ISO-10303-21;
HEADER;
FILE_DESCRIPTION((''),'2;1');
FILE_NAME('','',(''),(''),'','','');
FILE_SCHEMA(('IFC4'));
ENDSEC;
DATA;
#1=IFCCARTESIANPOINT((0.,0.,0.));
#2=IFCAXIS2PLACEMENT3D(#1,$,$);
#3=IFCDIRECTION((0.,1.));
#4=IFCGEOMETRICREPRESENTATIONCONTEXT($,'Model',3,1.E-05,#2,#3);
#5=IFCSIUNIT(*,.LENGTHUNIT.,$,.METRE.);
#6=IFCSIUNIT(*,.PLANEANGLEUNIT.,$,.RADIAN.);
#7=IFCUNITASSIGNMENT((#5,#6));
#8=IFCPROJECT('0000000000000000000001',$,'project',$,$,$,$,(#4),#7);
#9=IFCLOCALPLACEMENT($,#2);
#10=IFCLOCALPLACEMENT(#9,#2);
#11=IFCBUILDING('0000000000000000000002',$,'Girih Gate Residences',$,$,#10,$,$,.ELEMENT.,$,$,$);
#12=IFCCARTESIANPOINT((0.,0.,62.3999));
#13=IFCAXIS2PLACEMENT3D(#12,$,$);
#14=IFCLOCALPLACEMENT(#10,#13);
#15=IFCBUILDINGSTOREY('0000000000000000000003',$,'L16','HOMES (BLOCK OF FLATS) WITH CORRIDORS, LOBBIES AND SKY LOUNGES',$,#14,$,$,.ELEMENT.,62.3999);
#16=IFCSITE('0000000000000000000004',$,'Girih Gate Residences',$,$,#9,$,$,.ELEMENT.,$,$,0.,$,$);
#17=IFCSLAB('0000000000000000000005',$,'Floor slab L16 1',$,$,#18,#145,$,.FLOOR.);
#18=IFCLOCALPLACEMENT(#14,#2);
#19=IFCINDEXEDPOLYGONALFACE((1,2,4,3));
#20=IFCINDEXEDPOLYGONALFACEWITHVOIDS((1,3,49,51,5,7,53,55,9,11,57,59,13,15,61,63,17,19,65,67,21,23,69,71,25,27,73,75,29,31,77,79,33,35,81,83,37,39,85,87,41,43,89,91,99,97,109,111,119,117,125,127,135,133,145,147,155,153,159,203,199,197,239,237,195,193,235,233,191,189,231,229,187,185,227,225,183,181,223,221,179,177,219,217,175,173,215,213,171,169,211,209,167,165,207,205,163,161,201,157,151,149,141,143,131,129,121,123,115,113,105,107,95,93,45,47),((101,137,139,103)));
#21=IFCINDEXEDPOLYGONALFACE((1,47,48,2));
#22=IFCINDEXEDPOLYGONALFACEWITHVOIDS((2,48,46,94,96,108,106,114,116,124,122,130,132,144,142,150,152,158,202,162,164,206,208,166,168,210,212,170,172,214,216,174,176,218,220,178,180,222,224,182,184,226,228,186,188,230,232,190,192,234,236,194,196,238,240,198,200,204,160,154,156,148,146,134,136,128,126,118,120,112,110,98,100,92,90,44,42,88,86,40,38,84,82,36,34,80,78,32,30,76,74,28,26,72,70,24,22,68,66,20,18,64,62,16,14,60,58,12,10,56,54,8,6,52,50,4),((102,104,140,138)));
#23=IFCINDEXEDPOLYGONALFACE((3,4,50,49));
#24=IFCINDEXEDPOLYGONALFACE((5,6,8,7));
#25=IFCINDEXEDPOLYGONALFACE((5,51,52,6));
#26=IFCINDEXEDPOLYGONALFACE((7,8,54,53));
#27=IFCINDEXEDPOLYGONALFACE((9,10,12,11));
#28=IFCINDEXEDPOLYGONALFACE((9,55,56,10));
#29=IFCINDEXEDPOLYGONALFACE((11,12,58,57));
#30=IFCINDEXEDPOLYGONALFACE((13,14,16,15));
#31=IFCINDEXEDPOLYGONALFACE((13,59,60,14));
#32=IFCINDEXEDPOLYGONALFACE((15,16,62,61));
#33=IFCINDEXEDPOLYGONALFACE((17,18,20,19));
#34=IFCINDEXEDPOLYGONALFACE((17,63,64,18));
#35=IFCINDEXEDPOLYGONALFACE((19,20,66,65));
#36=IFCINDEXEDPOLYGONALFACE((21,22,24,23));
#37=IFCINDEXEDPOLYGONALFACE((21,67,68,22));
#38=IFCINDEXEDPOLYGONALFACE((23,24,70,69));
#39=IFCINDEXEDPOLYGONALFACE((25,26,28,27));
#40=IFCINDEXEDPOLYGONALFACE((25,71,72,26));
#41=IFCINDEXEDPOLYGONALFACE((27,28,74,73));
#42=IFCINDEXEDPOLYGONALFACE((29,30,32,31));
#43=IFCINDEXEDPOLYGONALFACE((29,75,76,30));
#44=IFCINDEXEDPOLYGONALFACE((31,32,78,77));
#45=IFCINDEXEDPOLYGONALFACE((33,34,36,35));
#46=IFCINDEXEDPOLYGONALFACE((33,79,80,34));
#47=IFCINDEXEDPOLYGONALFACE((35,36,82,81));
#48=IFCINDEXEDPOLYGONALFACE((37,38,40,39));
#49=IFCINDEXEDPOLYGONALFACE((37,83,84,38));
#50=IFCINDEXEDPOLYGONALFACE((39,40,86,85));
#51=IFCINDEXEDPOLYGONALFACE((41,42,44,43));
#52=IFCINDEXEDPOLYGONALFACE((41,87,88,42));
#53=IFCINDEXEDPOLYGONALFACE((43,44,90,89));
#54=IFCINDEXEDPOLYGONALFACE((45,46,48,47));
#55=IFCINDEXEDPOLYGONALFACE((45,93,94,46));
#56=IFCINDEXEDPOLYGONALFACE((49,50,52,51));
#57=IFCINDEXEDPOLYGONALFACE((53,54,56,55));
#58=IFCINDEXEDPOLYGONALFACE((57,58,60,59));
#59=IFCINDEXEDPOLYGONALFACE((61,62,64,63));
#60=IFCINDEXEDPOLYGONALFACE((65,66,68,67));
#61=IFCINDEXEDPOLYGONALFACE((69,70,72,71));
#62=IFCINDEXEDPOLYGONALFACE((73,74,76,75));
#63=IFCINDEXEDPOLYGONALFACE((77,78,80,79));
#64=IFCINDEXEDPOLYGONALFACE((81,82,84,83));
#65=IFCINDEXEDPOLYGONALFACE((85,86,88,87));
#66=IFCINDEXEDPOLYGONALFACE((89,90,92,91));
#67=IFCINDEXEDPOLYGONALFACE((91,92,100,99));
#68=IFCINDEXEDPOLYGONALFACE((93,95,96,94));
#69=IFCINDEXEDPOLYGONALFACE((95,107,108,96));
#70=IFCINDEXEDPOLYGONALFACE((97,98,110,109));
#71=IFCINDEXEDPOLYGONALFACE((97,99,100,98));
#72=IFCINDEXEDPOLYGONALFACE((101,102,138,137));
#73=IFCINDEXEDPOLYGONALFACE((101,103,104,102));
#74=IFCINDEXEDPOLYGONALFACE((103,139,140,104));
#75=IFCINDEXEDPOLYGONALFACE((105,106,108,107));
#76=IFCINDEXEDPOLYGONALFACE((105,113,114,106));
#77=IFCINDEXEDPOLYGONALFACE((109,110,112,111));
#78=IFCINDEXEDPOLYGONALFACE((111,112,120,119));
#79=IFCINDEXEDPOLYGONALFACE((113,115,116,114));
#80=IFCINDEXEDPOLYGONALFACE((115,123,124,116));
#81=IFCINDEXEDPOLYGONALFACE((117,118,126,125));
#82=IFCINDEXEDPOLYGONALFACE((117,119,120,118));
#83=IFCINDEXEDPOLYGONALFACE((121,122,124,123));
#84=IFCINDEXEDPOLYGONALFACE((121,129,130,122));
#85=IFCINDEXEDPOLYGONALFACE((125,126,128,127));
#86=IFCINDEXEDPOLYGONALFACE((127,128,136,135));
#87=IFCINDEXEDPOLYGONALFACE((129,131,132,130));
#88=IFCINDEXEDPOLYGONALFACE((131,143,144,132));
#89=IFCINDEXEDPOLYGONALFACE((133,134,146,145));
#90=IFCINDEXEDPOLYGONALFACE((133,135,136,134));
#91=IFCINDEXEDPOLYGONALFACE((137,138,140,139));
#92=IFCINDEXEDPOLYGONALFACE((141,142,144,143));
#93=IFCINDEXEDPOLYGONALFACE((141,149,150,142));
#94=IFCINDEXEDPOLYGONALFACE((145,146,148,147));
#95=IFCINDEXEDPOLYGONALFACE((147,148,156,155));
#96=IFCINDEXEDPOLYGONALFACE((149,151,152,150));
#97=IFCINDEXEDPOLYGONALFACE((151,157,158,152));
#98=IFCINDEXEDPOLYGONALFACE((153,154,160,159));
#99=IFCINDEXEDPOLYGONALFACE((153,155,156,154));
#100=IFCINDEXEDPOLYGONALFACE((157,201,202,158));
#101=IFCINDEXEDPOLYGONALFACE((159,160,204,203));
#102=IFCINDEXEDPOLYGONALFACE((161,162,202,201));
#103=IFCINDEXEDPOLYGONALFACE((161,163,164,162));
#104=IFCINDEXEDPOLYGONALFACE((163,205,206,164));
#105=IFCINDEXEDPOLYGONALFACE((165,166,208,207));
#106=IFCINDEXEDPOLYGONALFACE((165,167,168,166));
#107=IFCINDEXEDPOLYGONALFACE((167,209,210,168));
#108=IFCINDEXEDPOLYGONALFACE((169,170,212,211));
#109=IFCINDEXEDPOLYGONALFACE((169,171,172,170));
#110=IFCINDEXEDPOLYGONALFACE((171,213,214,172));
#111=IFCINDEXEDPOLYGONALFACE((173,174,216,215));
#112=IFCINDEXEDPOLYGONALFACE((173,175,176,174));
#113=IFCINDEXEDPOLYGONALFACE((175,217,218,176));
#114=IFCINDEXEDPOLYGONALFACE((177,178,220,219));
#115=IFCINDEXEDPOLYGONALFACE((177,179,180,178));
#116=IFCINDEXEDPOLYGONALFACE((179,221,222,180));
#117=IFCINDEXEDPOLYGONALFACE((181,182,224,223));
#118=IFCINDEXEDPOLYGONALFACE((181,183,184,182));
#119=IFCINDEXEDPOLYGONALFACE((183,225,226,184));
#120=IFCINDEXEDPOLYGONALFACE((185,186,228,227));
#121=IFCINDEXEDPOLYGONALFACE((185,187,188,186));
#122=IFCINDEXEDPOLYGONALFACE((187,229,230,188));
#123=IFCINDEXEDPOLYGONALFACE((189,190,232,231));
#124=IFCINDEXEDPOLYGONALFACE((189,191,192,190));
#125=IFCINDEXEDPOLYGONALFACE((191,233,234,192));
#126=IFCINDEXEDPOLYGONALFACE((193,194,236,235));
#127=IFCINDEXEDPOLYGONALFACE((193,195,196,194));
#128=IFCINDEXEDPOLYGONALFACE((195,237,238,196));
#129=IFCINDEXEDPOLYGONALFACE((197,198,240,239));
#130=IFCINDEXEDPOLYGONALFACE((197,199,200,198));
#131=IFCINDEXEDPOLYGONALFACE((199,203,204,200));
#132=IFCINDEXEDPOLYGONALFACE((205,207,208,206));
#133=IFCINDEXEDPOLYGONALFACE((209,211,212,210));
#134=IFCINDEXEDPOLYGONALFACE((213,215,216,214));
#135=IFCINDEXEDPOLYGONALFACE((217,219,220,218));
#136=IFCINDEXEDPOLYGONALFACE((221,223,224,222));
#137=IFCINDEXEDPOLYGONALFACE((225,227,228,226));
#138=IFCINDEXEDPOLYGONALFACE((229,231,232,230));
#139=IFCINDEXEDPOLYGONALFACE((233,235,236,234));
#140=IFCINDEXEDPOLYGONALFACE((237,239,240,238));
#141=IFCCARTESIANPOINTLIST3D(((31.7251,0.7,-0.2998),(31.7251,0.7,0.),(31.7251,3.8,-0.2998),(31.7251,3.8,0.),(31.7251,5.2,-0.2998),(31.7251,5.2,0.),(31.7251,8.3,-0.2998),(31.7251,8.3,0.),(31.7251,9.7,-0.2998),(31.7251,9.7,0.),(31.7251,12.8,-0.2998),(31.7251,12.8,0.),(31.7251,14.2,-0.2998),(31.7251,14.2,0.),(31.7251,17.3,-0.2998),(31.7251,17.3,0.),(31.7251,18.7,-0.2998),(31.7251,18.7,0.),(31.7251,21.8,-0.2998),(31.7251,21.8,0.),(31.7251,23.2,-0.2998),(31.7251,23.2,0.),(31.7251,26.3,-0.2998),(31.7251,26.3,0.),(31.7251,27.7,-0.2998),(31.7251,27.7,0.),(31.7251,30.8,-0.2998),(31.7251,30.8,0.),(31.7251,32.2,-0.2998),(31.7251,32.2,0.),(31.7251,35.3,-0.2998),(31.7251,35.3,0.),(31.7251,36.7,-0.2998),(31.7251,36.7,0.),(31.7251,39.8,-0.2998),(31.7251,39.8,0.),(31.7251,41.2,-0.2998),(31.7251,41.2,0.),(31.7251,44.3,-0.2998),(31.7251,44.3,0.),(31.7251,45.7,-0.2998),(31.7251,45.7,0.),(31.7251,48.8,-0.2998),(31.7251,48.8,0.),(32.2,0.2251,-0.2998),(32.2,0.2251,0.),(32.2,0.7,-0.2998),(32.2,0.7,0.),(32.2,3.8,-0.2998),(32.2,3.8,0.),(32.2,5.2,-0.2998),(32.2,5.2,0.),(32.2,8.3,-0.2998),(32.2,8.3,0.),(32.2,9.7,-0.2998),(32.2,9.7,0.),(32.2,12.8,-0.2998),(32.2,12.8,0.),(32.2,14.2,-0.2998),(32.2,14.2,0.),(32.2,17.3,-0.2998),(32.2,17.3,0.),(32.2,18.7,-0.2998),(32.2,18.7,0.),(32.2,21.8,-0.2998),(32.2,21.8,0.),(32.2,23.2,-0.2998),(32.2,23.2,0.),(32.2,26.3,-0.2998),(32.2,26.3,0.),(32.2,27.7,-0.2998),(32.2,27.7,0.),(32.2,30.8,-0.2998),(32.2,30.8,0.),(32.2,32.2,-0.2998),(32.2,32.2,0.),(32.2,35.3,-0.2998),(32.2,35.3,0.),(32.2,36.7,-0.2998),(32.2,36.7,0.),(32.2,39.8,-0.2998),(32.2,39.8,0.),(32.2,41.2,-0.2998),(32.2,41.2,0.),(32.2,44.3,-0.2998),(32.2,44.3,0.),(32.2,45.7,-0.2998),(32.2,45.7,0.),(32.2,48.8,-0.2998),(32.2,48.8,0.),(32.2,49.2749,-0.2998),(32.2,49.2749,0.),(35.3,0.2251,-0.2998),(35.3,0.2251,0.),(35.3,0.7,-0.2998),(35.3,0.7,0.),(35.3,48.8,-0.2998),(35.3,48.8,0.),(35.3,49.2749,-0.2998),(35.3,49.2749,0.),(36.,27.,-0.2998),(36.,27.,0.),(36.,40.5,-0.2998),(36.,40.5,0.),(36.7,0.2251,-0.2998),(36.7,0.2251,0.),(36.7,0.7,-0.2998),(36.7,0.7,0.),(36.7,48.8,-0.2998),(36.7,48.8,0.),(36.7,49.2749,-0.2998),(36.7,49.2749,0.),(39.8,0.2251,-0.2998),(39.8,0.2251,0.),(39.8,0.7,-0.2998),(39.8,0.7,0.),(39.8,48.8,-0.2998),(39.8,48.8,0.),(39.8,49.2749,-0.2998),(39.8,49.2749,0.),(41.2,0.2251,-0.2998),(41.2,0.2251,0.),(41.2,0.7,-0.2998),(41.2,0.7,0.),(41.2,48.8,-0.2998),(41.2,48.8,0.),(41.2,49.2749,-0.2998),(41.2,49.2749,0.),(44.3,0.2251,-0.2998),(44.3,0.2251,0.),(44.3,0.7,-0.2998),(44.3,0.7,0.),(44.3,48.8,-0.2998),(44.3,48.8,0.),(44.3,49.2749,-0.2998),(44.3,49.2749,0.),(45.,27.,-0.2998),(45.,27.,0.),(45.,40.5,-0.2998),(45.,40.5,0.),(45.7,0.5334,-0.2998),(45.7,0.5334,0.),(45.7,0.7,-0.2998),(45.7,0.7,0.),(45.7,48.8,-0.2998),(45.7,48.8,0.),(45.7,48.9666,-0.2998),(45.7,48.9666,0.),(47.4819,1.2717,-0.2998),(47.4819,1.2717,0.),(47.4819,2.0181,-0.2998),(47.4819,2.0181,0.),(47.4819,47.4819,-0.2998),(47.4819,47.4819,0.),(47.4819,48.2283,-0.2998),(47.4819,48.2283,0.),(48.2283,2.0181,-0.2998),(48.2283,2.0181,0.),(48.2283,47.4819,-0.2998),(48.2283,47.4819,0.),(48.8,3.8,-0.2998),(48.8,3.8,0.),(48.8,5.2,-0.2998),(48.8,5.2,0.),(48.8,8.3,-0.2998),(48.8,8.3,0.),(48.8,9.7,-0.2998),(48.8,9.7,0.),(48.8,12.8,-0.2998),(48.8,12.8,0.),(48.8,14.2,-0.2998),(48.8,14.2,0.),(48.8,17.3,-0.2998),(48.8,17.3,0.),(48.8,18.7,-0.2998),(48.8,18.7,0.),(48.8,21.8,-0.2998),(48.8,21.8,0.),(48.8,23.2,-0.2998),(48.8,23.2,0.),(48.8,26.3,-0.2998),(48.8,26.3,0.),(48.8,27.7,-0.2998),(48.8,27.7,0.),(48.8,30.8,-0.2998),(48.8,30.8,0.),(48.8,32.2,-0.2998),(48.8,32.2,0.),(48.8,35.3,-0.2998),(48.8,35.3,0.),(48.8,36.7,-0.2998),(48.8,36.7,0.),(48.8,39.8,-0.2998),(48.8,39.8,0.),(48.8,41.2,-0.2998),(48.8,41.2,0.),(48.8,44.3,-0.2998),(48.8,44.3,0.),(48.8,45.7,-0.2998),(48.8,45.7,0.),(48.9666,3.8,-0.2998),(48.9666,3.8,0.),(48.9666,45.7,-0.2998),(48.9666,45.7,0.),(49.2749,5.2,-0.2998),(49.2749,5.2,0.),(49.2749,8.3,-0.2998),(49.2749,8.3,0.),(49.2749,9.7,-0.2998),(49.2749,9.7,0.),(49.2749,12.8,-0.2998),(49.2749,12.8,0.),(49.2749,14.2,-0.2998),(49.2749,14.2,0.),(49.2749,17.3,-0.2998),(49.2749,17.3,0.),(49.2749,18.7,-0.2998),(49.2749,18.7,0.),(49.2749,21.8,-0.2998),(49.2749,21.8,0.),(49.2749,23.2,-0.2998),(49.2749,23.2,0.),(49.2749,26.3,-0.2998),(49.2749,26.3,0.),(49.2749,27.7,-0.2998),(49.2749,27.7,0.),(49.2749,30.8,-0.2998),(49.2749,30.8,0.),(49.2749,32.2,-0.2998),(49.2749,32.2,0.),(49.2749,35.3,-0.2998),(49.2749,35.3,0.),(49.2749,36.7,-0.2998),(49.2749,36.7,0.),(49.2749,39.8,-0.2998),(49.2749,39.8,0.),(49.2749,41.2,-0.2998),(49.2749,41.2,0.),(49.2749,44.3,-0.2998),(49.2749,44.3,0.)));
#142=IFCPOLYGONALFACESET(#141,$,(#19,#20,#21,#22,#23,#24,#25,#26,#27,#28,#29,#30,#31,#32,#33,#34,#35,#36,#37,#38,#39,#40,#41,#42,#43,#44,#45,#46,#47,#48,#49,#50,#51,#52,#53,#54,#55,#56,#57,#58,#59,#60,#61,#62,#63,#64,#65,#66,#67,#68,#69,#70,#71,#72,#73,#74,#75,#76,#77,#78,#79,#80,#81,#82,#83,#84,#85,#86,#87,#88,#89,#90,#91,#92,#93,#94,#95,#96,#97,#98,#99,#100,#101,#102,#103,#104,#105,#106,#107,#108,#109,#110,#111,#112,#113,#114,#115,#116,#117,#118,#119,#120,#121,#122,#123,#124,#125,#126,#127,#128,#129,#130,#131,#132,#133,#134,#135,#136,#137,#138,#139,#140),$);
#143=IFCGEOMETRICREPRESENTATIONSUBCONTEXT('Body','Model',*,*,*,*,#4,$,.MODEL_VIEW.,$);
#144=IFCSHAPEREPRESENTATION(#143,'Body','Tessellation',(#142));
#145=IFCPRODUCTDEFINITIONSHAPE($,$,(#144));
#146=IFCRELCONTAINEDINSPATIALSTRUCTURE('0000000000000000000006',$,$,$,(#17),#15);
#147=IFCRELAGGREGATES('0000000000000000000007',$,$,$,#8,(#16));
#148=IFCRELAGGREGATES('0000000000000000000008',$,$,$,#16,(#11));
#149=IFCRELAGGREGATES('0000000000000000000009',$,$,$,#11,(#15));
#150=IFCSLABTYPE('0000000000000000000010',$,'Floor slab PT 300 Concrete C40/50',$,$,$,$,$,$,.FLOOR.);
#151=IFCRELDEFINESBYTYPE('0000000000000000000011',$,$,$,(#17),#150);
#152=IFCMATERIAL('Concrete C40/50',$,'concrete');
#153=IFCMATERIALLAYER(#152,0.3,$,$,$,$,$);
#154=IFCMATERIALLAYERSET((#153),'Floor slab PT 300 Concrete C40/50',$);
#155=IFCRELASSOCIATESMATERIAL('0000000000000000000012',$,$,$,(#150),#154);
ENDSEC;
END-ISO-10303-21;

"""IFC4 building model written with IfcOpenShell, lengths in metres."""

from ifc_helpers import new_model, si_unit, direction, frame, origin, place, context, subcontext, project, spatial, polyline, outline, extrude, material, layer, layer_set, type_object, element, save


model = new_model("IFC4")

# Units and contexts
model_context = context("Model", 3, precision=1e-05, world=origin(), true_north=direction((0.0, 1.0)))
body_context = subcontext(model_context, "Body", "Model", "MODEL_VIEW")
ifc_project = project(units=[si_unit("LENGTHUNIT", "METRE"), si_unit("PLANEANGLEUNIT", "RADIAN")], contexts=[model_context])

# Site, building, storey
site_placement = place(None, origin())
site = spatial("IfcSite", under=ifc_project, at=site_placement, Name="Girih Gate Residences", CompositionType="ELEMENT", RefElevation=0.0)
building_placement = place(site_placement, origin())
building = spatial("IfcBuilding", under=site, at=building_placement, Name="Girih Gate Residences", CompositionType="ELEMENT")
storey_placement = place(building_placement, frame((0.0, 0.0, 62.3999)))
storey = spatial("IfcBuildingStorey", under=building, at=storey_placement, Name="L16", Description="HOMES (BLOCK OF FLATS) WITH CORRIDORS, LOBBIES AND SKY LOUNGES", CompositionType="ELEMENT", Elevation=62.3999)

# Slab
ifc_material_1 = material(Name="Concrete C40/50", Category="concrete")
ifc_layer_1 = layer(ifc_material_1, 0.3)
ifc_layer_set_1 = layer_set([ifc_layer_1], Name="Floor slab PT 300 Concrete C40/50")
slab_type_1 = type_object("IfcSlabType", Name="Floor slab PT 300 Concrete C40/50", PredefinedType="FLOOR", material=ifc_layer_set_1)
slab_1_placement = place(storey_placement, frame((0.0, 0.0, -0.2998)))
element("IfcSlab", 1, at=slab_1_placement, inside=storey, type_object=slab_type_1, Name="Floor slab L16 1", PredefinedType="FLOOR", context=body_context, shape_type="SweptSolid", body=[
    extrude(outline(polyline([(35.3, 49.2749), (32.2, 49.2749), (32.2, 48.8), (31.7251, 48.8), (31.7251, 45.7), (32.2, 45.7), (32.2, 44.3), (31.7251, 44.3), (31.7251, 41.2), (32.2, 41.2), (32.2, 39.8), (31.7251, 39.8), (31.7251, 36.7), (32.2, 36.7), (32.2, 35.3), (31.7251, 35.3), (31.7251, 32.2), (32.2, 32.2), (32.2, 30.8), (31.7251, 30.8), (31.7251, 27.7), (32.2, 27.7), (32.2, 26.3), (31.7251, 26.3), (31.7251, 23.2), (32.2, 23.2), (32.2, 21.8), (31.7251, 21.8), (31.7251, 18.7), (32.2, 18.7), (32.2, 17.3), (31.7251, 17.3), (31.7251, 14.2), (32.2, 14.2), (32.2, 12.8), (31.7251, 12.8), (31.7251, 9.7), (32.2, 9.7), (32.2, 8.3), (31.7251, 8.3), (31.7251, 5.2), (32.2, 5.2), (32.2, 3.8), (31.7251, 3.8), (31.7251, 0.7), (32.2, 0.7), (32.2, 0.2251), (35.3, 0.2251), (35.3, 0.7), (36.7, 0.7), (36.7, 0.2251), (39.8, 0.2251), (39.8, 0.7), (41.2, 0.7), (41.2, 0.2251), (44.3, 0.2251), (44.3, 0.7), (45.7, 0.7), (45.7, 0.5334), (47.4819, 1.2717), (47.4819, 2.0181), (48.2283, 2.0181), (48.9666, 3.8), (48.8, 3.8), (48.8, 5.2), (49.2749, 5.2), (49.2749, 8.3), (48.8, 8.3), (48.8, 9.7), (49.2749, 9.7), (49.2749, 12.8), (48.8, 12.8), (48.8, 14.2), (49.2749, 14.2), (49.2749, 17.3), (48.8, 17.3), (48.8, 18.7), (49.2749, 18.7), (49.2749, 21.8), (48.8, 21.8), (48.8, 23.2), (49.2749, 23.2), (49.2749, 26.3), (48.8, 26.3), (48.8, 27.7), (49.2749, 27.7), (49.2749, 30.8), (48.8, 30.8), (48.8, 32.2), (49.2749, 32.2), (49.2749, 35.3), (48.8, 35.3), (48.8, 36.7), (49.2749, 36.7), (49.2749, 39.8), (48.8, 39.8), (48.8, 41.2), (49.2749, 41.2), (49.2749, 44.3), (48.8, 44.3), (48.8, 45.7), (48.9666, 45.7), (48.2283, 47.4819), (47.4819, 47.4819), (47.4819, 48.2283), (45.7, 48.9666), (45.7, 48.8), (44.3, 48.8), (44.3, 49.2749), (41.2, 49.2749), (41.2, 48.8), (39.8, 48.8), (39.8, 49.2749), (36.7, 49.2749), (36.7, 48.8), (35.3, 48.8), (35.3, 49.2749)]), holes=[polyline([(45.0, 40.5), (45.0, 27.0), (36.0, 27.0), (36.0, 40.5), (45.0, 40.5)])]), origin(), (0.0, 0.0, 1.0), 0.2998),
])

save(model, "model.ifc")
